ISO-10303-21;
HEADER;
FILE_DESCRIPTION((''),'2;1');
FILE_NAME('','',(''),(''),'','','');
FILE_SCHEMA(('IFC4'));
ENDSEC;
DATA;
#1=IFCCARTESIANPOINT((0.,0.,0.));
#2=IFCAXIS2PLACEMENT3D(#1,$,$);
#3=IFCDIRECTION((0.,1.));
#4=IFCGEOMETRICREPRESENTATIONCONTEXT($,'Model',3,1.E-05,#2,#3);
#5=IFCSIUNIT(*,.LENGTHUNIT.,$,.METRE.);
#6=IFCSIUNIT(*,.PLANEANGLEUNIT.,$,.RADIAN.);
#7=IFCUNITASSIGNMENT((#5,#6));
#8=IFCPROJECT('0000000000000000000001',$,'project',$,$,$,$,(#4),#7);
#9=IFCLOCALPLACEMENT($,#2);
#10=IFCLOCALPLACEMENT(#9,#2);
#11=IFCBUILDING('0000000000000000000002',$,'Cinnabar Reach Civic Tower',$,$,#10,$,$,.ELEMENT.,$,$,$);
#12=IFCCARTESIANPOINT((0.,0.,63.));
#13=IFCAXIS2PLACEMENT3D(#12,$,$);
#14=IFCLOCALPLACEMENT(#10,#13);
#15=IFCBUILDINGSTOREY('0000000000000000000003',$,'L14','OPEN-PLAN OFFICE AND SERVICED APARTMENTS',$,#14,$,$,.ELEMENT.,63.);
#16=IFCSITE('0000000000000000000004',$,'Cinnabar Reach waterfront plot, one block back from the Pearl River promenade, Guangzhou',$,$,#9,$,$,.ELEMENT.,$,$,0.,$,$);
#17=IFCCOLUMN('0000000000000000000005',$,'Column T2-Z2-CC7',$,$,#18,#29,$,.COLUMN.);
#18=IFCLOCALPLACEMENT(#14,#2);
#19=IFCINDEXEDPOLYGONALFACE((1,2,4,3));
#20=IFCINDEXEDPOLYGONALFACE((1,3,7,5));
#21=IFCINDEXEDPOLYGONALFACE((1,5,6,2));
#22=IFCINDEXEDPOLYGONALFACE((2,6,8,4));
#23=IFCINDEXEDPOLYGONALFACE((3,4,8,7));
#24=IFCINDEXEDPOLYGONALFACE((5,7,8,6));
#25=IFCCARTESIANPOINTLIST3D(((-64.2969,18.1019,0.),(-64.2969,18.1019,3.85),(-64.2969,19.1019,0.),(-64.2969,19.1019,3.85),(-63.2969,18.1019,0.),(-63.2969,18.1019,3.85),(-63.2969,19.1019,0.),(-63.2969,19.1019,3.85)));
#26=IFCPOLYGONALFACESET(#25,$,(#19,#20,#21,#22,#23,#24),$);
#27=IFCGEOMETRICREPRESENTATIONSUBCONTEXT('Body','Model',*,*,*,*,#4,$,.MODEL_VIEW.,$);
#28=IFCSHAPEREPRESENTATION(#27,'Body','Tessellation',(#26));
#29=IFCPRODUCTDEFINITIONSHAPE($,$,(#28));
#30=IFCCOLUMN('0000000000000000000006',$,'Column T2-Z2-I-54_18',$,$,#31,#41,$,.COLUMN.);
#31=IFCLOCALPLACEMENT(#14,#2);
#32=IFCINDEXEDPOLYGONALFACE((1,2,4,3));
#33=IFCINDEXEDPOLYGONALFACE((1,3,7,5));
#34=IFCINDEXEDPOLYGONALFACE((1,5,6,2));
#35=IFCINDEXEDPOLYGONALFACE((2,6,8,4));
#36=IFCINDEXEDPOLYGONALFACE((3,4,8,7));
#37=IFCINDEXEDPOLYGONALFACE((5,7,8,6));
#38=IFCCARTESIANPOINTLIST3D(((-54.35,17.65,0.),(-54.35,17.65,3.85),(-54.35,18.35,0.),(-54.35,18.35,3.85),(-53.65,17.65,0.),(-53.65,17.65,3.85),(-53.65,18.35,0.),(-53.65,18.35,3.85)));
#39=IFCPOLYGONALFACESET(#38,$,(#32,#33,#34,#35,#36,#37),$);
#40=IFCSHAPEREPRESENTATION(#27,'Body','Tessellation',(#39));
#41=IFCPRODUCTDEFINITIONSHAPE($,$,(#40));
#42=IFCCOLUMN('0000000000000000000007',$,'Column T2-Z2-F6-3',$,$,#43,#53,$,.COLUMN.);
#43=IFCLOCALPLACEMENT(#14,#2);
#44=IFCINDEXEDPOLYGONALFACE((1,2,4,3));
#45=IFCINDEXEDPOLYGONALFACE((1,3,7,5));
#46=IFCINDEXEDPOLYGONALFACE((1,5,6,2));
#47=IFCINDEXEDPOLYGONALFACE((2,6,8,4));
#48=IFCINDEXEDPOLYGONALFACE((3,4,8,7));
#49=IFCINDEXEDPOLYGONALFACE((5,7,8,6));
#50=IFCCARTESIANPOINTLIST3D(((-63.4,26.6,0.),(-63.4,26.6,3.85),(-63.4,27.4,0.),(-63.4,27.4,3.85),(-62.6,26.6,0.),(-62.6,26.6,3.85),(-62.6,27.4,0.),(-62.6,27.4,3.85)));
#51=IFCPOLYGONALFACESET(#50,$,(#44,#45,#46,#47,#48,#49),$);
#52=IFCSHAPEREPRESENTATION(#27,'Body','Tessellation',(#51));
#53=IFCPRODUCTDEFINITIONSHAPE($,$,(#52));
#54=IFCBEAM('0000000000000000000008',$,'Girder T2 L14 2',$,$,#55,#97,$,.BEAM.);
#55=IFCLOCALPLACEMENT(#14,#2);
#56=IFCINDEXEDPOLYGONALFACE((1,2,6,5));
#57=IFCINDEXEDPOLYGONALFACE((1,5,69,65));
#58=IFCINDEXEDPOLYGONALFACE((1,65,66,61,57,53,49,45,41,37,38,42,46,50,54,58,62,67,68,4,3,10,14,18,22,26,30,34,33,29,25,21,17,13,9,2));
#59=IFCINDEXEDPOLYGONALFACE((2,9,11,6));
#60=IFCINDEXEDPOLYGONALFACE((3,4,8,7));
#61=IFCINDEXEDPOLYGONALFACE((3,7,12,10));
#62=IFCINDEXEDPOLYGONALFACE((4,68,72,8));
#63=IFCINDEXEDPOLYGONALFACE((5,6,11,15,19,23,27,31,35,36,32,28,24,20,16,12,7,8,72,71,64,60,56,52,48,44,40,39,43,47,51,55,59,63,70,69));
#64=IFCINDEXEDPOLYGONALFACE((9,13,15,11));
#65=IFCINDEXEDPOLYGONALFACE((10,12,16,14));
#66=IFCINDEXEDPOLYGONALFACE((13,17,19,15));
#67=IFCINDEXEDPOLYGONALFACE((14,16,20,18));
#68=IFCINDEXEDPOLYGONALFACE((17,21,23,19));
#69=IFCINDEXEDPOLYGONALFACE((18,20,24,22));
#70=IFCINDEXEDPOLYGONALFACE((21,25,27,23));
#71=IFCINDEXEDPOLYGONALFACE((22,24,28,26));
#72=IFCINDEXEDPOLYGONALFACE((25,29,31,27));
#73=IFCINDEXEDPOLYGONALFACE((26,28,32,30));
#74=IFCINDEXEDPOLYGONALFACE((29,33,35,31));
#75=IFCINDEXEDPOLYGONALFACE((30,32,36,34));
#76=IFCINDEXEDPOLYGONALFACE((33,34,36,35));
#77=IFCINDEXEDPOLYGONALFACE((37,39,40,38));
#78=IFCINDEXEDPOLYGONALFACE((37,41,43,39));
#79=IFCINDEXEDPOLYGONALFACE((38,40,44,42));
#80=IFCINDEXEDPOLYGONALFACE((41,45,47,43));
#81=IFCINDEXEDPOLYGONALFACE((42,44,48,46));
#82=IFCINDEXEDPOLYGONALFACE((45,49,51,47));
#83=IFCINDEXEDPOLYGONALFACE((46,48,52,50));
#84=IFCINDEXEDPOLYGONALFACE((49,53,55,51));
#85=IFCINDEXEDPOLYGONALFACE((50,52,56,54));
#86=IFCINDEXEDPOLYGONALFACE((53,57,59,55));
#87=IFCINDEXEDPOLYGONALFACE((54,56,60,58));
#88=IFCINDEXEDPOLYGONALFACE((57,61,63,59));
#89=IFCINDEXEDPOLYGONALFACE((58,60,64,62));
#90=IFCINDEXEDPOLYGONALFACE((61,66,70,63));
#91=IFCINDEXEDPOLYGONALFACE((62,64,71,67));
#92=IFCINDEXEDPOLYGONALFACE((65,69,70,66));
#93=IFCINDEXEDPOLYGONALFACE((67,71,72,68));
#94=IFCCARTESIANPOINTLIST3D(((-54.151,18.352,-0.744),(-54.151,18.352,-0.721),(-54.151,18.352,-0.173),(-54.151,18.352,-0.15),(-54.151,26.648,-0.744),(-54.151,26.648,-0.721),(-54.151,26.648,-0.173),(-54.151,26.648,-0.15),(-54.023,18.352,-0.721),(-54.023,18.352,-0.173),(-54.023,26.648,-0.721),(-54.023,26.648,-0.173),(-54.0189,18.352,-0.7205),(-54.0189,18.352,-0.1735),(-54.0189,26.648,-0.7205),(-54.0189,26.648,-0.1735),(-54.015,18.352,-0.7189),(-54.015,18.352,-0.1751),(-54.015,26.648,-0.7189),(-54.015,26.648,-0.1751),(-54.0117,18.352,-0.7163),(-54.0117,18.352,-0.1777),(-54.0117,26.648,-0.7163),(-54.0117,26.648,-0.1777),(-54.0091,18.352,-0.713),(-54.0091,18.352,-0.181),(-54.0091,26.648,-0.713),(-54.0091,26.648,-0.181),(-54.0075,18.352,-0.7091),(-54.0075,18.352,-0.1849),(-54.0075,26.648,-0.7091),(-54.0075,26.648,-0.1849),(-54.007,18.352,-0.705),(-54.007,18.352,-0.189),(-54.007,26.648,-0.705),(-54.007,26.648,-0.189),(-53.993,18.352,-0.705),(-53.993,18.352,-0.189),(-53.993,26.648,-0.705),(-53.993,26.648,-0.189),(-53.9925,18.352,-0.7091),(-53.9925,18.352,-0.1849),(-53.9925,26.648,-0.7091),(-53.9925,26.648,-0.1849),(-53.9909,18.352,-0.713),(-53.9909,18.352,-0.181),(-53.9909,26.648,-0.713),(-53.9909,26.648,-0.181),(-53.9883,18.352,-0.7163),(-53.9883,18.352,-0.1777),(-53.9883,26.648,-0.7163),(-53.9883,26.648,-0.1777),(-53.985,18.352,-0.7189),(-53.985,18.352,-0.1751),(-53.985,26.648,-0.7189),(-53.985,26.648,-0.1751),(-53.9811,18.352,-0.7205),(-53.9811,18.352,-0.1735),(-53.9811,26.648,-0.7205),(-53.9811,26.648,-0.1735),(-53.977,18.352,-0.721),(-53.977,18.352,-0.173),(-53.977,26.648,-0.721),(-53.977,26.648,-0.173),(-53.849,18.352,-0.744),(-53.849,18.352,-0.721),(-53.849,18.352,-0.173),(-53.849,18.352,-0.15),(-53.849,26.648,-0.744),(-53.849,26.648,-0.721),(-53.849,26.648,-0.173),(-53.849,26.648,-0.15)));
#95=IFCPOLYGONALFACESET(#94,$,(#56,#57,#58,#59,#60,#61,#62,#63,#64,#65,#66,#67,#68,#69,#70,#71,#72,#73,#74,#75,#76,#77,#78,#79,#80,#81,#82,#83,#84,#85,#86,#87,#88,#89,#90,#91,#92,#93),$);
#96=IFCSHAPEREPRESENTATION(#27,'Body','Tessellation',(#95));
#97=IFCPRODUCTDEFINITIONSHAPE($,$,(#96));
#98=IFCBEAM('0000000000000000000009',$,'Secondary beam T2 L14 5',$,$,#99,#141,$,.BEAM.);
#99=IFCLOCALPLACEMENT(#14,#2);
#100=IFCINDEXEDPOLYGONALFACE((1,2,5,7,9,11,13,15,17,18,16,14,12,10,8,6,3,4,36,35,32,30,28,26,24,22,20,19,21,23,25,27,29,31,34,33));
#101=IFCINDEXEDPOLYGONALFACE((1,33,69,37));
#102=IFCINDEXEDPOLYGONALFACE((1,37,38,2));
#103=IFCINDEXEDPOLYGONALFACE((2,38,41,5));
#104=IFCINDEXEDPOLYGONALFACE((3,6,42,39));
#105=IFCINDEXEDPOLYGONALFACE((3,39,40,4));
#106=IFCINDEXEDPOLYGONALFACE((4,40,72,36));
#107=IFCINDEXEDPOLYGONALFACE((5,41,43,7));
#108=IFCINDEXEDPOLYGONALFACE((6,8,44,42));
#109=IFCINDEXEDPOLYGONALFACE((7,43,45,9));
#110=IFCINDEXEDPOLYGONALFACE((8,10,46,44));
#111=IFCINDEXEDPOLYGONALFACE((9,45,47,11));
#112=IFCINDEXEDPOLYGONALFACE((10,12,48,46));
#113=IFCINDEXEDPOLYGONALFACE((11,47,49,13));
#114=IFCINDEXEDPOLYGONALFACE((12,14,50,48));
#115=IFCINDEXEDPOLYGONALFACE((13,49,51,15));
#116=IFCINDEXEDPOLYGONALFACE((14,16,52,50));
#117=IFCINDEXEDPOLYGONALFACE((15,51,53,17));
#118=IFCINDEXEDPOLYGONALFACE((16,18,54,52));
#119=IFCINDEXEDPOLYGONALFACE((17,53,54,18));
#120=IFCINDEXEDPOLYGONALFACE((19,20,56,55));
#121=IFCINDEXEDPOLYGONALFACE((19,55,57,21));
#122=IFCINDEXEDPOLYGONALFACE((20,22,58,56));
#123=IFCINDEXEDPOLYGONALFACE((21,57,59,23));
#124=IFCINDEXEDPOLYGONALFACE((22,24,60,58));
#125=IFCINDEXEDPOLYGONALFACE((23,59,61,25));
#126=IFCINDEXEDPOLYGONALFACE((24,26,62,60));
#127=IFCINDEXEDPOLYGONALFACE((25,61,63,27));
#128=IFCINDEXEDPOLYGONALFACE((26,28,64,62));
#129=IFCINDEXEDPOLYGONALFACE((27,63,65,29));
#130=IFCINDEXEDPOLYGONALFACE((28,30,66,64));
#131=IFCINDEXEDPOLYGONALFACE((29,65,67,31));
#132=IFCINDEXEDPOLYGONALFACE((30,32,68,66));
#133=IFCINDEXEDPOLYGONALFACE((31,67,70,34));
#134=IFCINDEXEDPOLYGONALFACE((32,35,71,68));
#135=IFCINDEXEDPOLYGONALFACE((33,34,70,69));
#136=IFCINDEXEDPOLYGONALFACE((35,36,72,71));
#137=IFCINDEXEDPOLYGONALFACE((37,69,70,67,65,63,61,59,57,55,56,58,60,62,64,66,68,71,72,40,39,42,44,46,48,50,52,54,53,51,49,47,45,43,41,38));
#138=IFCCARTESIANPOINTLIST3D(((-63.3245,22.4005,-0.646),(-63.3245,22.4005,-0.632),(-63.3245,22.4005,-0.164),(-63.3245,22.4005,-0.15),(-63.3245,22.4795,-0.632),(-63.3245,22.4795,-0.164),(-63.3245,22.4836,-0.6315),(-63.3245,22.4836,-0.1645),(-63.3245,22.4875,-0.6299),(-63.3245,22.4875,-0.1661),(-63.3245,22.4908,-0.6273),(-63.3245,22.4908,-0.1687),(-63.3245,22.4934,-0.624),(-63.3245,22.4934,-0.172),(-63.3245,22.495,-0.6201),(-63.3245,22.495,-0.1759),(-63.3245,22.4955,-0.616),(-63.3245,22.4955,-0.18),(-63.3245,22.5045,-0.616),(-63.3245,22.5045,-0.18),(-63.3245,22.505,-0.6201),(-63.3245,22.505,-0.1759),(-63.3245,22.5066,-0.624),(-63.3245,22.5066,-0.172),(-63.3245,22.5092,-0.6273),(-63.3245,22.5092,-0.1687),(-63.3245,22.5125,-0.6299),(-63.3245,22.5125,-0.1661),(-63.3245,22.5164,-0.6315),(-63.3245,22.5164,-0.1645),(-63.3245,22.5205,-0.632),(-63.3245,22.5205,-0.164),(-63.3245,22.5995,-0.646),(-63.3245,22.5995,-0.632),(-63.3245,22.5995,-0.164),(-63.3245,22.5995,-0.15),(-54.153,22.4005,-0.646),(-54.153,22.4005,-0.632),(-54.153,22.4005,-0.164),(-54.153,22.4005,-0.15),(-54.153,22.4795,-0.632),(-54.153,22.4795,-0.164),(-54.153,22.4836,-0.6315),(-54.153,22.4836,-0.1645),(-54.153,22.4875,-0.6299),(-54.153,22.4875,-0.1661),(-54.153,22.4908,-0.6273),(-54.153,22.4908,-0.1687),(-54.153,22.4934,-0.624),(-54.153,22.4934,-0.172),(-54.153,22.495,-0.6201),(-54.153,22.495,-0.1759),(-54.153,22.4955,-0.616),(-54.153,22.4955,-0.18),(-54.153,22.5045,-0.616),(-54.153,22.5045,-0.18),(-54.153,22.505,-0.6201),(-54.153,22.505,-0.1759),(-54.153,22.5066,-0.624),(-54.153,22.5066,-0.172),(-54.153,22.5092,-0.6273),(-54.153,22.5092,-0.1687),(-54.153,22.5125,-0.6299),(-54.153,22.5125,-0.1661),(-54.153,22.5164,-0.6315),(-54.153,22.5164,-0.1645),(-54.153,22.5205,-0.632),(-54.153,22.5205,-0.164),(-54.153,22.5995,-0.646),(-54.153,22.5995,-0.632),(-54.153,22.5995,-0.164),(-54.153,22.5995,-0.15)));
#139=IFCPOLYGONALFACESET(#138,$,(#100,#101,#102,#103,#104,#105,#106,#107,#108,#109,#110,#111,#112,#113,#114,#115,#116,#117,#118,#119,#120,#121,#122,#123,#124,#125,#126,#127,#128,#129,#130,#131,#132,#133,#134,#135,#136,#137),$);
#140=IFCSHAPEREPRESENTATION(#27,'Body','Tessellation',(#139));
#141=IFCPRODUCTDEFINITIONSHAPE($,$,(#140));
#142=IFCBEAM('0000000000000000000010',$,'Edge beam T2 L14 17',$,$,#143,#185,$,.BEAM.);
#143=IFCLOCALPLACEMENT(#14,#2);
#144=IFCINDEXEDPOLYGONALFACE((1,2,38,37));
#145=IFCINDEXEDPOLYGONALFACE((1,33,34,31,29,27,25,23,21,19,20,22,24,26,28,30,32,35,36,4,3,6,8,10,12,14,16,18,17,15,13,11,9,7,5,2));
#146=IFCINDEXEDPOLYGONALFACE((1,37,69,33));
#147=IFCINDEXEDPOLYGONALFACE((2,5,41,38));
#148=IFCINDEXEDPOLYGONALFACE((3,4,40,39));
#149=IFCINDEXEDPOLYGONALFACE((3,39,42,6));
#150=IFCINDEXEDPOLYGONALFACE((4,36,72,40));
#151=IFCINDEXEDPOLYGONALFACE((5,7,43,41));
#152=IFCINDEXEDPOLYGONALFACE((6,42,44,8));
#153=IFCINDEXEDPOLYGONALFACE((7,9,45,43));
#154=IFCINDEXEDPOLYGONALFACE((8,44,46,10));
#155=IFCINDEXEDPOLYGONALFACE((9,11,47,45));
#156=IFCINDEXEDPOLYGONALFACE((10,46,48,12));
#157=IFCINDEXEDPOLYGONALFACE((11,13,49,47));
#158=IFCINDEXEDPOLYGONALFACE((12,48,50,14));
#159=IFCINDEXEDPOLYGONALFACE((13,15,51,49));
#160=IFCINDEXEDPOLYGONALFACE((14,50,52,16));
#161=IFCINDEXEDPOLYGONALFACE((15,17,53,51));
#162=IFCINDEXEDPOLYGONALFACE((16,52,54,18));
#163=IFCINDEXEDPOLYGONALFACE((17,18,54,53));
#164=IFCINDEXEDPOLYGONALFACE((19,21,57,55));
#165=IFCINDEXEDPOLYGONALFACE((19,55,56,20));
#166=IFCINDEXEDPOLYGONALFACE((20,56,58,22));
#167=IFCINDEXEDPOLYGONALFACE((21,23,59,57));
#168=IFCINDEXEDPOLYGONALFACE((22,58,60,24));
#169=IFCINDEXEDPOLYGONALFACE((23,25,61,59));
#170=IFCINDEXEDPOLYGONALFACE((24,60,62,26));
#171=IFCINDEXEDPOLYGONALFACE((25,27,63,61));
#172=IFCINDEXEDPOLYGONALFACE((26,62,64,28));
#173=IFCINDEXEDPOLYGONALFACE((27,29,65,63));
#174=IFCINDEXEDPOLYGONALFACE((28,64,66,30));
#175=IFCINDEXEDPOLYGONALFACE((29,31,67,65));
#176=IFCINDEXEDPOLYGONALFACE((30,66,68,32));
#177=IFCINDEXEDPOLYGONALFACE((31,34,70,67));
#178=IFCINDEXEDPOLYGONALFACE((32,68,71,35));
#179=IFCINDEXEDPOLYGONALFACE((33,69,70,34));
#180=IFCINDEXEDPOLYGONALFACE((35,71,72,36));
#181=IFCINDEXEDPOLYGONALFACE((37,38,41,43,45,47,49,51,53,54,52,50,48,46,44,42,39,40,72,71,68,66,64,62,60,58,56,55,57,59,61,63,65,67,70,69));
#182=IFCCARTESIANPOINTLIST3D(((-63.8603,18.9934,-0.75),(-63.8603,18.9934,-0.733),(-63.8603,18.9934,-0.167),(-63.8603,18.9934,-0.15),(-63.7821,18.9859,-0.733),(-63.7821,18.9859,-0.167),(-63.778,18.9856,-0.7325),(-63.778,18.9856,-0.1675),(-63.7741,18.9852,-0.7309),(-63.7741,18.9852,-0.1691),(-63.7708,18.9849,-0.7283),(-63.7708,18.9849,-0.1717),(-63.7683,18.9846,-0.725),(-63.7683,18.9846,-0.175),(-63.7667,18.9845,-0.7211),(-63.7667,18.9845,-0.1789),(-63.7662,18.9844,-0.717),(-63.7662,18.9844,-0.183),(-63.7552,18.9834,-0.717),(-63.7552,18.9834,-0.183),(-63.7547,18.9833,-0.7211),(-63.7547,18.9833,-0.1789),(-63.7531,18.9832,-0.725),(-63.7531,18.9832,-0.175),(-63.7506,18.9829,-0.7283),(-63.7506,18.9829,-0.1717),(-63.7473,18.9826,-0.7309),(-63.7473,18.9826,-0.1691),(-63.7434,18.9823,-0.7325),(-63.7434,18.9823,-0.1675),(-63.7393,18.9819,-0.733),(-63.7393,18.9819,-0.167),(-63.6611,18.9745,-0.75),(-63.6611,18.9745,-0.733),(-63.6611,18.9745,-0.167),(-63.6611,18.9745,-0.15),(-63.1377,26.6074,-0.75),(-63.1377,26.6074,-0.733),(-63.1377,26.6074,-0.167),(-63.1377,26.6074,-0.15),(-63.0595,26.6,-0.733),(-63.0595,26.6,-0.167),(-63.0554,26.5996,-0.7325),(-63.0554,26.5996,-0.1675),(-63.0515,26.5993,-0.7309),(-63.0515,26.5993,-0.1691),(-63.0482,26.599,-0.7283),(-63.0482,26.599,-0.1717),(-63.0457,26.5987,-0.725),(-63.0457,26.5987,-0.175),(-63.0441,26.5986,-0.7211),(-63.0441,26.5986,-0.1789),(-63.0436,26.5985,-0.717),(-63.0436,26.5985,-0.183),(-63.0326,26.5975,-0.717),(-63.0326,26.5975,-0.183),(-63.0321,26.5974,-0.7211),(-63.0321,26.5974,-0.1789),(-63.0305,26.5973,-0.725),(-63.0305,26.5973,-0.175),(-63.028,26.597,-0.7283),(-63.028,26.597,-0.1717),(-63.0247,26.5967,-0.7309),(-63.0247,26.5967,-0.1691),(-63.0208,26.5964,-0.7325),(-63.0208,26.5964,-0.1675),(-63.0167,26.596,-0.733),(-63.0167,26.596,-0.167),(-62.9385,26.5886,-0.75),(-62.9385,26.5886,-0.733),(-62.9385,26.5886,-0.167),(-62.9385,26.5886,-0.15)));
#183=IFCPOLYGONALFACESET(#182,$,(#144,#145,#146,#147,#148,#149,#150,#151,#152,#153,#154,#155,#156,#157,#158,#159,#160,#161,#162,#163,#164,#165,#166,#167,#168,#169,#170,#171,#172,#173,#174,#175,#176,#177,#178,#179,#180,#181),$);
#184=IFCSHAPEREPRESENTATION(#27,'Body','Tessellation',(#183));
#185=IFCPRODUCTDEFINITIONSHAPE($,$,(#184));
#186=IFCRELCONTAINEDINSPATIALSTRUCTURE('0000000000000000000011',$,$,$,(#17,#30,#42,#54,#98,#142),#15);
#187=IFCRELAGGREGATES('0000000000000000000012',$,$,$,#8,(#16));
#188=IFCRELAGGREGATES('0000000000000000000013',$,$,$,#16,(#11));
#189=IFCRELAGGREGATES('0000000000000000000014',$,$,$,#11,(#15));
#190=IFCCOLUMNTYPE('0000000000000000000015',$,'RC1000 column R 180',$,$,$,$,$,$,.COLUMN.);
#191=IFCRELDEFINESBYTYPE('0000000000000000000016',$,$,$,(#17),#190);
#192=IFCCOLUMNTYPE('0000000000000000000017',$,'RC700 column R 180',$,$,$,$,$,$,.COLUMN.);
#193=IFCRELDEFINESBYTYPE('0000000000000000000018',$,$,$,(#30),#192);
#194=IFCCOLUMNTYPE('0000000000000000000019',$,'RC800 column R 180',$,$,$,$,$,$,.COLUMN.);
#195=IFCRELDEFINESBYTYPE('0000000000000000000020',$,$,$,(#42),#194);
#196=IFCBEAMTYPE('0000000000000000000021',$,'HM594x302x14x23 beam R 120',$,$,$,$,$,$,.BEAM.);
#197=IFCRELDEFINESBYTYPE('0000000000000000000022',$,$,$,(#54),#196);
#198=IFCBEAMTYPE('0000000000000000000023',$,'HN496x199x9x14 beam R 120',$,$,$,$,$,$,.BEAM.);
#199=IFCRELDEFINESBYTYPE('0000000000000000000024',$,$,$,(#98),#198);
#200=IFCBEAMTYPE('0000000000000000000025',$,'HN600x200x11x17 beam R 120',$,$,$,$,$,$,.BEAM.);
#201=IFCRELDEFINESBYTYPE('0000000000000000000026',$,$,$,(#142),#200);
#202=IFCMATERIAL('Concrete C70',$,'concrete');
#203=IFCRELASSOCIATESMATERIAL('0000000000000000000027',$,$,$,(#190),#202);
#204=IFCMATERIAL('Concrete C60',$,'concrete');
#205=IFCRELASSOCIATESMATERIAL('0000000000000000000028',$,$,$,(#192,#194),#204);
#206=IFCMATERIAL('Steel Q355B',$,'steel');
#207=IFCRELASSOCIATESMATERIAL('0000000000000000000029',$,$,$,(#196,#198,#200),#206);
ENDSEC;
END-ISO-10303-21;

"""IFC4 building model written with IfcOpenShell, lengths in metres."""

from ifc_helpers import new_model, si_unit, direction, frame, origin, origin_2d, place, context, subcontext, project, spatial, rectangle, i_section, extrude, material, material_profile, profile_set, type_object, element, save


model = new_model("IFC4")

# Units and contexts
model_context = context("Model", 3, precision=1e-05, world=origin(), true_north=direction((0.0, 1.0)))
body_context = subcontext(model_context, "Body", "Model", "MODEL_VIEW")
ifc_project = project(units=[si_unit("LENGTHUNIT", "METRE"), si_unit("PLANEANGLEUNIT", "RADIAN")], contexts=[model_context])

# Site, building, storey
site_placement = place(None, origin())
site = spatial("IfcSite", under=ifc_project, at=site_placement, Name="Cinnabar Reach waterfront plot, one block back from the Pearl River promenade, Guangzhou", CompositionType="ELEMENT", RefElevation=0.0)
building_placement = place(site_placement, origin())
building = spatial("IfcBuilding", under=site, at=building_placement, Name="Cinnabar Reach Civic Tower", CompositionType="ELEMENT")
storey_placement = place(building_placement, frame((0.0, 0.0, 63.0)))
storey = spatial("IfcBuildingStorey", under=building, at=storey_placement, Name="L14", Description="OPEN-PLAN OFFICE AND SERVICED APARTMENTS", CompositionType="ELEMENT", Elevation=63.0)

# Columns
ifc_material_1 = material(Name="Concrete C70", Category="concrete")
ifc_material_profile_1 = material_profile(ifc_material_1, rectangle(XDim=1.0, YDim=1.0, at=origin_2d()), Name="RC1000")
ifc_profile_set_1 = profile_set([ifc_material_profile_1], Name="Concrete C70")
column_type_1 = type_object("IfcColumnType", Name="RC1000 column R 180", PredefinedType="COLUMN", material=ifc_profile_set_1)
column_1_placement = place(storey_placement, frame((-63.7969, 18.6019, 0.0), z_axis=(0.0, 0.0, 1.0), x_axis=(1.0, 0.0, 0.0)))
element("IfcColumn", 1, at=column_1_placement, inside=storey, type_object=column_type_1, Name="Column T2-Z2-CC7", PredefinedType="COLUMN", context=body_context, shape_type="SweptSolid", body=[
    extrude(rectangle(XDim=1.0, YDim=1.0, at=origin_2d()), origin(), (0.0, 0.0, 1.0), 3.85),
])
ifc_material_2 = material(Name="Concrete C60", Category="concrete")
ifc_material_profile_2 = material_profile(ifc_material_2, rectangle(XDim=0.7, YDim=0.7, at=origin_2d()), Name="RC700")
ifc_profile_set_2 = profile_set([ifc_material_profile_2], Name="Concrete C60")
column_type_2 = type_object("IfcColumnType", Name="RC700 column R 180", PredefinedType="COLUMN", material=ifc_profile_set_2)
column_2_placement = place(storey_placement, frame((-54.0, 18.0, 0.0), z_axis=(0.0, 0.0, 1.0), x_axis=(1.0, 0.0, 0.0)))
element("IfcColumn", 2, at=column_2_placement, inside=storey, type_object=column_type_2, Name="Column T2-Z2-I-54_18", PredefinedType="COLUMN", context=body_context, shape_type="SweptSolid", body=[
    extrude(rectangle(XDim=0.7, YDim=0.7, at=origin_2d()), origin(), (0.0, 0.0, 1.0), 3.85),
])
ifc_material_profile_3 = material_profile(ifc_material_2, rectangle(XDim=0.8, YDim=0.8, at=origin_2d()), Name="RC800")
ifc_profile_set_3 = profile_set([ifc_material_profile_3], Name="Concrete C60")
column_type_3 = type_object("IfcColumnType", Name="RC800 column R 180", PredefinedType="COLUMN", material=ifc_profile_set_3)
column_3_placement = place(storey_placement, frame((-63.0, 27.0, 0.0), z_axis=(0.0, 0.0, 1.0), x_axis=(1.0, 0.0, 0.0)))
element("IfcColumn", 3, at=column_3_placement, inside=storey, type_object=column_type_3, Name="Column T2-Z2-F6-3", PredefinedType="COLUMN", context=body_context, shape_type="SweptSolid", body=[
    extrude(rectangle(XDim=0.8, YDim=0.8, at=origin_2d()), origin(), (0.0, 0.0, 1.0), 3.85),
])

# Beams
ifc_material_3 = material(Name="Steel Q355B", Category="steel")
ifc_material_profile_4 = material_profile(ifc_material_3, i_section(OverallWidth=0.302, OverallDepth=0.594, WebThickness=0.014, FlangeThickness=0.023, FilletRadius=0.016, at=origin_2d()), Name="HM594x302x14x23")
ifc_profile_set_4 = profile_set([ifc_material_profile_4], Name="Steel Q355B")
beam_type_1 = type_object("IfcBeamType", Name="HM594x302x14x23 beam R 120", PredefinedType="BEAM", material=ifc_profile_set_4)
beam_1_placement = place(storey_placement, frame((-54.0, 18.352, -0.447), z_axis=(0.0, 1.0, 0.0), x_axis=(-1.0, 0.0, 0.0)))
element("IfcBeam", 4, at=beam_1_placement, inside=storey, type_object=beam_type_1, Name="Girder T2 L14 2", PredefinedType="BEAM", context=body_context, shape_type="SweptSolid", body=[
    extrude(i_section(OverallWidth=0.302, OverallDepth=0.594, WebThickness=0.014, FlangeThickness=0.023, FilletRadius=0.016, at=origin_2d()), origin(), (0.0, 0.0, 1.0), 8.296),
])
ifc_material_profile_5 = material_profile(ifc_material_3, i_section(OverallWidth=0.199, OverallDepth=0.496, WebThickness=0.009, FlangeThickness=0.014, FilletRadius=0.016, at=origin_2d()), Name="HN496x199x9x14")
ifc_profile_set_5 = profile_set([ifc_material_profile_5], Name="Steel Q355B")
beam_type_2 = type_object("IfcBeamType", Name="HN496x199x9x14 beam R 120", PredefinedType="BEAM", material=ifc_profile_set_5)
beam_2_placement = place(storey_placement, frame((-63.3245, 22.5, -0.398), z_axis=(1.0, 0.0, 0.0), x_axis=(0.0, 1.0, 0.0)))
element("IfcBeam", 5, at=beam_2_placement, inside=storey, type_object=beam_type_2, Name="Secondary beam T2 L14 5", PredefinedType="BEAM", context=body_context, shape_type="SweptSolid", body=[
    extrude(i_section(OverallWidth=0.199, OverallDepth=0.496, WebThickness=0.009, FlangeThickness=0.014, FilletRadius=0.016, at=origin_2d()), origin(), (0.0, 0.0, 1.0), 9.1715),
])
ifc_material_profile_6 = material_profile(ifc_material_3, i_section(OverallWidth=0.2, OverallDepth=0.6, WebThickness=0.011, FlangeThickness=0.017, FilletRadius=0.016, at=origin_2d()), Name="HN600x200x11x17")
ifc_profile_set_6 = profile_set([ifc_material_profile_6], Name="Steel Q355B")
beam_type_3 = type_object("IfcBeamType", Name="HN600x200x11x17 beam R 120", PredefinedType="BEAM", material=ifc_profile_set_6)
beam_3_placement = place(storey_placement, frame((-63.0381, 26.598, -0.45), z_axis=(-0.094478, -0.995527, 0.0), x_axis=(0.995527, -0.094478, 0.0)))
element("IfcBeam", 6, at=beam_3_placement, inside=storey, type_object=beam_type_3, Name="Edge beam T2 L14 17", PredefinedType="BEAM", context=body_context, shape_type="SweptSolid", body=[
    extrude(i_section(OverallWidth=0.2, OverallDepth=0.6, WebThickness=0.011, FlangeThickness=0.017, FilletRadius=0.016, at=origin_2d()), origin(), (0.0, 0.0, 1.0), 7.6483),
])

save(model, "model.ifc")
